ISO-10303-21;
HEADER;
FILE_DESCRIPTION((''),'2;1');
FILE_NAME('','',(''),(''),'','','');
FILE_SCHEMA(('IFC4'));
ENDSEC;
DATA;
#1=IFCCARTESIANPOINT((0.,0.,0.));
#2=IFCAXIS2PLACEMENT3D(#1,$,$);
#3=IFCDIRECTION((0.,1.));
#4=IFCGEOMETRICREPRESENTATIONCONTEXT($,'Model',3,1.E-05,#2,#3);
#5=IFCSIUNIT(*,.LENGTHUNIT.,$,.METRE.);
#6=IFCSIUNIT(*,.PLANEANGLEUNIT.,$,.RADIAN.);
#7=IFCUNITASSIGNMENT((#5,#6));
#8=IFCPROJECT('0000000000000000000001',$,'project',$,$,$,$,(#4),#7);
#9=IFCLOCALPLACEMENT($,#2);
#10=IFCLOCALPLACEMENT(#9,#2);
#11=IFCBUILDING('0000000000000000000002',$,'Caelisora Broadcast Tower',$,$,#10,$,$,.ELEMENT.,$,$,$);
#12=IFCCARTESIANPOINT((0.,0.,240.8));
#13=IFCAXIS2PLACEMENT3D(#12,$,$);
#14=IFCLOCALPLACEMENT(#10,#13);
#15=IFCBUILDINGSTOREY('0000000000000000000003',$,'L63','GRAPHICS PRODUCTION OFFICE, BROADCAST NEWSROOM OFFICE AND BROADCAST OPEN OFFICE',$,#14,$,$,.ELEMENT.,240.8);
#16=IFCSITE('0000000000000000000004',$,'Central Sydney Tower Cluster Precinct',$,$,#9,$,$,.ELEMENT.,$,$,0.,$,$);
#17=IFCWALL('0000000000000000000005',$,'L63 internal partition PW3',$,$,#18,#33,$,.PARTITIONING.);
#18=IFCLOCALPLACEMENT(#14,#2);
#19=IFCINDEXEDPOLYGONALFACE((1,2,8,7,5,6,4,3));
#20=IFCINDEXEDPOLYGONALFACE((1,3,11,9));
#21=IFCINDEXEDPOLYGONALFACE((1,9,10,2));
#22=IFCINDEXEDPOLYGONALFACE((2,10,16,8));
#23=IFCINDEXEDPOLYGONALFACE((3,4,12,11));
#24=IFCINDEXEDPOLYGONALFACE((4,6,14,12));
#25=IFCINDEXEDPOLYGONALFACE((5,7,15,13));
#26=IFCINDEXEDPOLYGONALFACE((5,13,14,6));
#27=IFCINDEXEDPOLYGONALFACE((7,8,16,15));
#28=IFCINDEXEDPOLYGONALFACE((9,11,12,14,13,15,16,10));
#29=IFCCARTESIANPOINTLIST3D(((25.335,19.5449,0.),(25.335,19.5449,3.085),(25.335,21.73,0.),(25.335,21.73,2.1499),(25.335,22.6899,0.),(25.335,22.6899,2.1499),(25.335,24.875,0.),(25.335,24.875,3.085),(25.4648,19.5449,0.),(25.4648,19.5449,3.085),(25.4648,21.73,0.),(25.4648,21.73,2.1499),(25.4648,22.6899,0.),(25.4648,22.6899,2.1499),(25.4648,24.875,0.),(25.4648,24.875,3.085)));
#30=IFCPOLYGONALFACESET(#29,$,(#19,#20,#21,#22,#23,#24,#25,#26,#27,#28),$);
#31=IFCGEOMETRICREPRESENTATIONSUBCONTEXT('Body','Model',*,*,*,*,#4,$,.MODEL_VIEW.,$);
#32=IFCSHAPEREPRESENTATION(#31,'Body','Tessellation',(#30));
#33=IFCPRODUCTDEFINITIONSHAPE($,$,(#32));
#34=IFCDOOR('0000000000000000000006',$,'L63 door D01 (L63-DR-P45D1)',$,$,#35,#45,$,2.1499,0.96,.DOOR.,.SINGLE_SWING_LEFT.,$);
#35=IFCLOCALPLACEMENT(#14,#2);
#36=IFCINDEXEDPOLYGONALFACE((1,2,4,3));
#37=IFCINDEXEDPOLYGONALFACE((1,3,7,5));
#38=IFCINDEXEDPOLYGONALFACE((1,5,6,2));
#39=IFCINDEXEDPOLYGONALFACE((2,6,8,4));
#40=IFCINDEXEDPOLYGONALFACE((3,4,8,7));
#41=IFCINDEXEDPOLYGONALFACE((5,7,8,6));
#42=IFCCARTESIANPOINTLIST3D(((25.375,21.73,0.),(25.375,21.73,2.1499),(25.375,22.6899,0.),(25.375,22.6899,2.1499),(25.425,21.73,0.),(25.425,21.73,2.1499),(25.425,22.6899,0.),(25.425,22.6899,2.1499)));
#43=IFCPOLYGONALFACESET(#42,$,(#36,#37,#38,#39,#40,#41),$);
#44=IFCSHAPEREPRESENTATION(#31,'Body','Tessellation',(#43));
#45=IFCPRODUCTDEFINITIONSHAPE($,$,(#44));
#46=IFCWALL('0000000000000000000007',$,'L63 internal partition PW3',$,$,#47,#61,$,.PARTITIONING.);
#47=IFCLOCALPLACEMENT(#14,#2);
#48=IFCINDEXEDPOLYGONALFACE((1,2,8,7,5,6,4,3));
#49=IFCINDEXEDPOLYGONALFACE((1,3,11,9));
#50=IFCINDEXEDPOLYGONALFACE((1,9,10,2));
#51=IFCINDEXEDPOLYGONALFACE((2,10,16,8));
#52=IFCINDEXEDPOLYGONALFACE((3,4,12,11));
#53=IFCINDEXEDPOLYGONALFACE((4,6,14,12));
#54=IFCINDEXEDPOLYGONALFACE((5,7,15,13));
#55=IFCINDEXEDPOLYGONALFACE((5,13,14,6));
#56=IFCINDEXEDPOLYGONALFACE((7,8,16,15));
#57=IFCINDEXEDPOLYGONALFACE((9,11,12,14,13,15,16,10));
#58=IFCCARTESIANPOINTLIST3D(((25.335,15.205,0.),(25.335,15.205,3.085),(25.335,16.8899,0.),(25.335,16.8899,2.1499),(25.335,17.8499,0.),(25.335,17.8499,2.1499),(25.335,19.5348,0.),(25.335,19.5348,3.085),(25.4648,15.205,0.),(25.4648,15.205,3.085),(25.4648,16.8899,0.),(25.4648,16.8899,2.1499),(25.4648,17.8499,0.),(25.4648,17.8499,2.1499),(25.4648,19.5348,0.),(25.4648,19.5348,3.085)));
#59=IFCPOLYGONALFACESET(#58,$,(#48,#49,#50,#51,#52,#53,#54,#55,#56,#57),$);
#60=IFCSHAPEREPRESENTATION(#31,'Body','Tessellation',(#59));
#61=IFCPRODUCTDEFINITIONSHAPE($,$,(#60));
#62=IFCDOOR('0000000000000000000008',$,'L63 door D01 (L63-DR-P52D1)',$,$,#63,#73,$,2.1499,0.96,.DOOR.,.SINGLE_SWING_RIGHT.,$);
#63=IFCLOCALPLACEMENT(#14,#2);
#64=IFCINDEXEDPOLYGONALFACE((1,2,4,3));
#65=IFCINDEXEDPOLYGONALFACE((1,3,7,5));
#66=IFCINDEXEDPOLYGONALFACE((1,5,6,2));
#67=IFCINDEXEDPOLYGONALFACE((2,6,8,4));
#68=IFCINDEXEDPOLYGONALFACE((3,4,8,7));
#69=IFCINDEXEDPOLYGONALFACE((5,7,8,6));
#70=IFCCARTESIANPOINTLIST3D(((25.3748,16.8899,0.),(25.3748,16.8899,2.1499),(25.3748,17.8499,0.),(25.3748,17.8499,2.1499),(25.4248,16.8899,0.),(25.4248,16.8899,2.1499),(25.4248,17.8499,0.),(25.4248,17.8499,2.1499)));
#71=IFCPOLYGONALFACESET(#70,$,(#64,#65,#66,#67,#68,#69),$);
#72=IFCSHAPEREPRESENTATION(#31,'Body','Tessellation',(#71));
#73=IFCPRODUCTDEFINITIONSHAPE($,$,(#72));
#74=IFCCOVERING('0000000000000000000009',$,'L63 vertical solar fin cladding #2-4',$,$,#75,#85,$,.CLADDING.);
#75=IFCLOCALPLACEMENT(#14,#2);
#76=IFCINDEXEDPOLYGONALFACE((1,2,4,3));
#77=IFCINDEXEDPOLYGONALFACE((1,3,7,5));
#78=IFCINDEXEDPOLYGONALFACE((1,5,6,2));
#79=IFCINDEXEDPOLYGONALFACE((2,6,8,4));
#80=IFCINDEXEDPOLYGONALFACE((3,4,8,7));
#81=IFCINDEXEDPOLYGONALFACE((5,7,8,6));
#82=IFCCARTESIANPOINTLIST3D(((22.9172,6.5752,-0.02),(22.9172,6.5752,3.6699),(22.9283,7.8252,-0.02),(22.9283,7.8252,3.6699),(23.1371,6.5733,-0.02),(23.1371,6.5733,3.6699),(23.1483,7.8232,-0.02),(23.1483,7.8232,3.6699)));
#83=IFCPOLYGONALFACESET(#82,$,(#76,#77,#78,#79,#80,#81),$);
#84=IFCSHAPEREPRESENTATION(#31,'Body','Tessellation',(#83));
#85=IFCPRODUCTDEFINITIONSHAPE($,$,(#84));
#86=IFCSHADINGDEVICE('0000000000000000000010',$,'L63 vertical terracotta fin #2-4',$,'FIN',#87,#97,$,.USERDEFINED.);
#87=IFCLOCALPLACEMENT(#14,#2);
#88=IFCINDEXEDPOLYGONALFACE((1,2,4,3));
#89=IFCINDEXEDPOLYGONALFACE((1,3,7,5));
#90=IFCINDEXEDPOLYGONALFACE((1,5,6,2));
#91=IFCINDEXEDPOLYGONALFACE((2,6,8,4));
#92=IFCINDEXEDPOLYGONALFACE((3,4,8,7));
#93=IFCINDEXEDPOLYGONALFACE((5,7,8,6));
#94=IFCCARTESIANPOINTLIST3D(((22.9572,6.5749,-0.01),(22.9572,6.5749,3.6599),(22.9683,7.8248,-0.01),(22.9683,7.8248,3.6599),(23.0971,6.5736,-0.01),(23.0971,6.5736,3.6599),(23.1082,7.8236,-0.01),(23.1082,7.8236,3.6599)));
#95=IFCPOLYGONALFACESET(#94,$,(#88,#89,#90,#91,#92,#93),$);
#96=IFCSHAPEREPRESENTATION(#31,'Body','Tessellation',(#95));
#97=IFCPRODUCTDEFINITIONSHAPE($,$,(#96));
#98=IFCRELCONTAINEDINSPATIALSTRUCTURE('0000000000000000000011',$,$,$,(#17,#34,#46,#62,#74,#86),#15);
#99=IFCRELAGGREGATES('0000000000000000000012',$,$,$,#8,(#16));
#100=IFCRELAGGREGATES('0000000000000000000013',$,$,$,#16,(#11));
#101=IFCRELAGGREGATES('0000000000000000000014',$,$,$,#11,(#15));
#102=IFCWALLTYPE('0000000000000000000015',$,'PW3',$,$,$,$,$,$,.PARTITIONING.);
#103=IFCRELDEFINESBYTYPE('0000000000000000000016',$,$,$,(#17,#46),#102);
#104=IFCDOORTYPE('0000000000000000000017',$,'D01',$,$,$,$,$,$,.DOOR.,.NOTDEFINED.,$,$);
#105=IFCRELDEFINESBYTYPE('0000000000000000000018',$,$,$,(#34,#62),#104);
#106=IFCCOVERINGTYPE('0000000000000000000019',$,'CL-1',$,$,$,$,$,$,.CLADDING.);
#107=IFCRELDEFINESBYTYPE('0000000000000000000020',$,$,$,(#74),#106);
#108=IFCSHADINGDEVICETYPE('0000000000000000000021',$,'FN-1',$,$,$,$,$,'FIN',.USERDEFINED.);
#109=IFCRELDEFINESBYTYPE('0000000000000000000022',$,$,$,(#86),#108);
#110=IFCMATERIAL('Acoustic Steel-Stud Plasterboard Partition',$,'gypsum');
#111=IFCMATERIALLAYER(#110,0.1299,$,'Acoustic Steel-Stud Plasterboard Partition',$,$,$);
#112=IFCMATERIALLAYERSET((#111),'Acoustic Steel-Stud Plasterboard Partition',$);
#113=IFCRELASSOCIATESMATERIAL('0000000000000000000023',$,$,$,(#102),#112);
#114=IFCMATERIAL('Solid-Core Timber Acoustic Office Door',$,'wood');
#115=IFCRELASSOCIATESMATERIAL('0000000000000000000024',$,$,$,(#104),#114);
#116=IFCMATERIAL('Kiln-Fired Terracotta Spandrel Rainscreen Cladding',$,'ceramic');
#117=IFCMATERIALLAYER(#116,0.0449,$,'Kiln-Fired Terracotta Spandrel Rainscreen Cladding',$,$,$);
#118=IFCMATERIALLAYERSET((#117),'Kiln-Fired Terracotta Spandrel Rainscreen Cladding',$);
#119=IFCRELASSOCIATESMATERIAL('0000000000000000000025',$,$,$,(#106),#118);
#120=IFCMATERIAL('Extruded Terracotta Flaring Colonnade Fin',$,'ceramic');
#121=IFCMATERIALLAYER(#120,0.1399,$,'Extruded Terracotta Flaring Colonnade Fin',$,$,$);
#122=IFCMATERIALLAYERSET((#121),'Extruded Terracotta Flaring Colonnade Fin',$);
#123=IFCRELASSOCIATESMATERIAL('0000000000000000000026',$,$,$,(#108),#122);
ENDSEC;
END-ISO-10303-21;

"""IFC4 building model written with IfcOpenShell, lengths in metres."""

from ifc_helpers import new_model, si_unit, direction, frame, frame_2d, origin, origin_2d, place, context, subcontext, project, spatial, rectangle, extrude, source, transform, mapped, material, layer, layer_set, type_object, type_shapes, element, fill, save


model = new_model("IFC4")

# Units and contexts
model_context = context("Model", 3, precision=1e-05, world=origin(), true_north=direction((0.0, 1.0)))
body_context = subcontext(model_context, "Body", "Model", "MODEL_VIEW")
ifc_project = project(units=[si_unit("LENGTHUNIT", "METRE"), si_unit("PLANEANGLEUNIT", "RADIAN")], contexts=[model_context])

# Site, building, storey
site_placement = place(None, origin())
site = spatial("IfcSite", under=ifc_project, at=site_placement, Name="Central Sydney Tower Cluster Precinct", CompositionType="ELEMENT", RefElevation=0.0)
building_placement = place(site_placement, origin())
building = spatial("IfcBuilding", under=site, at=building_placement, Name="Caelisora Broadcast Tower", CompositionType="ELEMENT")
storey_placement = place(building_placement, frame((0.0, 0.0, 240.8)))
storey = spatial("IfcBuildingStorey", under=building, at=storey_placement, Name="L63", Description="GRAPHICS PRODUCTION OFFICE, BROADCAST NEWSROOM OFFICE AND BROADCAST OPEN OFFICE", CompositionType="ELEMENT", Elevation=240.8)

# Shared definitions
ifc_material_1 = material(Name="Acoustic Steel-Stud Plasterboard Partition", Category="gypsum")
ifc_layer_1 = layer(ifc_material_1, 0.1299, Name="Acoustic Steel-Stud Plasterboard Partition")
ifc_layer_set_1 = layer_set([ifc_layer_1], Name="Acoustic Steel-Stud Plasterboard Partition")
wall_type = type_object("IfcWallType", Name="PW3", PredefinedType="PARTITIONING", material=ifc_layer_set_1)

# Walls, openings, doors
ifc_material_2 = material(Name="Solid-Core Timber Acoustic Office Door", Category="wood")
door_type = type_object("IfcDoorType", Name="D01", OperationType="NOTDEFINED", PredefinedType="DOOR", material=ifc_material_2)
wall_1_placement = place(storey_placement, frame((25.3999, 19.5449, 0.0), z_axis=(0.0, 0.0, 1.0), x_axis=(0.0, 1.0, 0.0)))
wall_1 = element("IfcWall", 1, at=wall_1_placement, inside=storey, type_object=wall_type, Name="L63 internal partition PW3", PredefinedType="PARTITIONING", context=body_context, shape_type="SweptSolid", body=[
    extrude(rectangle(XDim=5.3301, YDim=0.1299, at=frame_2d((2.665, 0.0))), origin(), (0.0, 0.0, 1.0), 3.085),
])
opening_1_placement = place(wall_1_placement, frame((2.1851, 0.0, 0.0)))
opening_1 = element("IfcOpeningElement", 2, at=opening_1_placement, cuts=wall_1, PredefinedType="OPENING", context=body_context, shape_type="SweptSolid", body=[
    extrude(rectangle(XDim=0.96, YDim=2.1499, at=frame_2d((0.48, 1.075))), frame((0.0, 0.0769, 0.0), z_axis=(0.0, -1.0, 0.0), x_axis=(1.0, 0.0, 0.0)), (0.0, 0.0, 1.0), 0.1538),
])
door_1_placement = place(opening_1_placement, origin())
door_1 = element("IfcDoor", 3, at=door_1_placement, inside=storey, type_object=door_type, Name="L63 door D01 (L63-DR-P45D1)", OperationType="SINGLE_SWING_LEFT", OverallHeight=2.1499, OverallWidth=0.96, PredefinedType="DOOR", context=body_context, shape_type="SweptSolid", body=[
    extrude(rectangle(XDim=0.96, YDim=2.1499, at=frame_2d((0.48, 1.075))), frame((0.0, 0.0249, 0.0), z_axis=(0.0, -1.0, 0.0), x_axis=(1.0, 0.0, 0.0)), (0.0, 0.0, 1.0), 0.05),
])
fill(opening_1, door_1)
wall_2_placement = place(storey_placement, frame((25.3999, 19.5349, 0.0), z_axis=(0.0, 0.0, 1.0), x_axis=(0.0, -1.0, 0.0)))
wall_2 = element("IfcWall", 4, at=wall_2_placement, inside=storey, type_object=wall_type, Name="L63 internal partition PW3", PredefinedType="PARTITIONING", context=body_context, shape_type="SweptSolid", body=[
    extrude(rectangle(XDim=4.3298, YDim=0.1299, at=frame_2d((2.165, 0.0))), origin(), (0.0, 0.0, 1.0), 3.085),
])
opening_2_placement = place(wall_2_placement, frame((1.6851, 0.0, 0.0)))
opening_2 = element("IfcOpeningElement", 5, at=opening_2_placement, cuts=wall_2, PredefinedType="OPENING", context=body_context, shape_type="SweptSolid", body=[
    extrude(rectangle(XDim=0.96, YDim=2.1499, at=frame_2d((0.48, 1.075))), frame((0.0, 0.0769, 0.0), z_axis=(0.0, -1.0, 0.0), x_axis=(1.0, 0.0, 0.0)), (0.0, 0.0, 1.0), 0.1538),
])
door_2_placement = place(opening_2_placement, origin())
door_2 = element("IfcDoor", 6, at=door_2_placement, inside=storey, type_object=door_type, Name="L63 door D01 (L63-DR-P52D1)", OperationType="SINGLE_SWING_RIGHT", OverallHeight=2.1499, OverallWidth=0.96, PredefinedType="DOOR", context=body_context, shape_type="SweptSolid", body=[
    extrude(rectangle(XDim=0.96, YDim=2.1499, at=frame_2d((0.48, 1.075))), frame((0.0, 0.0249, 0.0), z_axis=(0.0, -1.0, 0.0), x_axis=(1.0, 0.0, 0.0)), (0.0, 0.0, 1.0), 0.05),
])
fill(opening_2, door_2)

# Covering
ifc_material_3 = material(Name="Kiln-Fired Terracotta Spandrel Rainscreen Cladding", Category="ceramic")
ifc_layer_2 = layer(ifc_material_3, 0.0449, Name="Kiln-Fired Terracotta Spandrel Rainscreen Cladding")
ifc_layer_set_2 = layer_set([ifc_layer_2], Name="Kiln-Fired Terracotta Spandrel Rainscreen Cladding")
covering_type = type_object("IfcCoveringType", Name="CL-1", PredefinedType="CLADDING", material=ifc_layer_set_2)
shared_shape_1 = source(origin(), body_context, "Body", "SweptSolid", [
    extrude(rectangle(XDim=0.22, YDim=1.25, at=origin_2d()), origin(), (0.0, 0.0, 1.0), 3.6899),
])
type_shapes(covering_type, [shared_shape_1])
covering_placement = place(storey_placement, frame((23.0327, 7.1992, -0.02), z_axis=(0.0, 0.0, 1.0), x_axis=(-0.99996, 0.008901, 0.0)))
element("IfcCovering", 7, at=covering_placement, inside=storey, type_object=covering_type, Name="L63 vertical solar fin cladding #2-4", PredefinedType="CLADDING", context=body_context, shape_type="MappedRepresentation", body=[
    mapped(shared_shape_1, transform((0.0, 0.0, 0.0), scale=1.0)),
])

# Shading device
ifc_material_4 = material(Name="Extruded Terracotta Flaring Colonnade Fin", Category="ceramic")
ifc_layer_3 = layer(ifc_material_4, 0.1399, Name="Extruded Terracotta Flaring Colonnade Fin")
ifc_layer_set_3 = layer_set([ifc_layer_3], Name="Extruded Terracotta Flaring Colonnade Fin")
shading_device_type = type_object("IfcShadingDeviceType", Name="FN-1", ElementType="FIN", PredefinedType="USERDEFINED", material=ifc_layer_set_3)
shared_shape_2 = source(origin(), body_context, "Body", "SweptSolid", [
    extrude(rectangle(XDim=0.1399, YDim=1.25, at=origin_2d()), origin(), (0.0, 0.0, 1.0), 3.6699),
])
type_shapes(shading_device_type, [shared_shape_2])
shading_device_placement = place(storey_placement, frame((23.0327, 7.1992, -0.01), z_axis=(0.0, 0.0, 1.0), x_axis=(-0.99996, 0.008901, 0.0)))
element("IfcShadingDevice", 8, at=shading_device_placement, inside=storey, type_object=shading_device_type, Name="L63 vertical terracotta fin #2-4", ObjectType="FIN", PredefinedType="USERDEFINED", context=body_context, shape_type="MappedRepresentation", body=[
    mapped(shared_shape_2, transform((0.0, 0.0, 0.0), scale=1.0)),
])

save(model, "model.ifc")
